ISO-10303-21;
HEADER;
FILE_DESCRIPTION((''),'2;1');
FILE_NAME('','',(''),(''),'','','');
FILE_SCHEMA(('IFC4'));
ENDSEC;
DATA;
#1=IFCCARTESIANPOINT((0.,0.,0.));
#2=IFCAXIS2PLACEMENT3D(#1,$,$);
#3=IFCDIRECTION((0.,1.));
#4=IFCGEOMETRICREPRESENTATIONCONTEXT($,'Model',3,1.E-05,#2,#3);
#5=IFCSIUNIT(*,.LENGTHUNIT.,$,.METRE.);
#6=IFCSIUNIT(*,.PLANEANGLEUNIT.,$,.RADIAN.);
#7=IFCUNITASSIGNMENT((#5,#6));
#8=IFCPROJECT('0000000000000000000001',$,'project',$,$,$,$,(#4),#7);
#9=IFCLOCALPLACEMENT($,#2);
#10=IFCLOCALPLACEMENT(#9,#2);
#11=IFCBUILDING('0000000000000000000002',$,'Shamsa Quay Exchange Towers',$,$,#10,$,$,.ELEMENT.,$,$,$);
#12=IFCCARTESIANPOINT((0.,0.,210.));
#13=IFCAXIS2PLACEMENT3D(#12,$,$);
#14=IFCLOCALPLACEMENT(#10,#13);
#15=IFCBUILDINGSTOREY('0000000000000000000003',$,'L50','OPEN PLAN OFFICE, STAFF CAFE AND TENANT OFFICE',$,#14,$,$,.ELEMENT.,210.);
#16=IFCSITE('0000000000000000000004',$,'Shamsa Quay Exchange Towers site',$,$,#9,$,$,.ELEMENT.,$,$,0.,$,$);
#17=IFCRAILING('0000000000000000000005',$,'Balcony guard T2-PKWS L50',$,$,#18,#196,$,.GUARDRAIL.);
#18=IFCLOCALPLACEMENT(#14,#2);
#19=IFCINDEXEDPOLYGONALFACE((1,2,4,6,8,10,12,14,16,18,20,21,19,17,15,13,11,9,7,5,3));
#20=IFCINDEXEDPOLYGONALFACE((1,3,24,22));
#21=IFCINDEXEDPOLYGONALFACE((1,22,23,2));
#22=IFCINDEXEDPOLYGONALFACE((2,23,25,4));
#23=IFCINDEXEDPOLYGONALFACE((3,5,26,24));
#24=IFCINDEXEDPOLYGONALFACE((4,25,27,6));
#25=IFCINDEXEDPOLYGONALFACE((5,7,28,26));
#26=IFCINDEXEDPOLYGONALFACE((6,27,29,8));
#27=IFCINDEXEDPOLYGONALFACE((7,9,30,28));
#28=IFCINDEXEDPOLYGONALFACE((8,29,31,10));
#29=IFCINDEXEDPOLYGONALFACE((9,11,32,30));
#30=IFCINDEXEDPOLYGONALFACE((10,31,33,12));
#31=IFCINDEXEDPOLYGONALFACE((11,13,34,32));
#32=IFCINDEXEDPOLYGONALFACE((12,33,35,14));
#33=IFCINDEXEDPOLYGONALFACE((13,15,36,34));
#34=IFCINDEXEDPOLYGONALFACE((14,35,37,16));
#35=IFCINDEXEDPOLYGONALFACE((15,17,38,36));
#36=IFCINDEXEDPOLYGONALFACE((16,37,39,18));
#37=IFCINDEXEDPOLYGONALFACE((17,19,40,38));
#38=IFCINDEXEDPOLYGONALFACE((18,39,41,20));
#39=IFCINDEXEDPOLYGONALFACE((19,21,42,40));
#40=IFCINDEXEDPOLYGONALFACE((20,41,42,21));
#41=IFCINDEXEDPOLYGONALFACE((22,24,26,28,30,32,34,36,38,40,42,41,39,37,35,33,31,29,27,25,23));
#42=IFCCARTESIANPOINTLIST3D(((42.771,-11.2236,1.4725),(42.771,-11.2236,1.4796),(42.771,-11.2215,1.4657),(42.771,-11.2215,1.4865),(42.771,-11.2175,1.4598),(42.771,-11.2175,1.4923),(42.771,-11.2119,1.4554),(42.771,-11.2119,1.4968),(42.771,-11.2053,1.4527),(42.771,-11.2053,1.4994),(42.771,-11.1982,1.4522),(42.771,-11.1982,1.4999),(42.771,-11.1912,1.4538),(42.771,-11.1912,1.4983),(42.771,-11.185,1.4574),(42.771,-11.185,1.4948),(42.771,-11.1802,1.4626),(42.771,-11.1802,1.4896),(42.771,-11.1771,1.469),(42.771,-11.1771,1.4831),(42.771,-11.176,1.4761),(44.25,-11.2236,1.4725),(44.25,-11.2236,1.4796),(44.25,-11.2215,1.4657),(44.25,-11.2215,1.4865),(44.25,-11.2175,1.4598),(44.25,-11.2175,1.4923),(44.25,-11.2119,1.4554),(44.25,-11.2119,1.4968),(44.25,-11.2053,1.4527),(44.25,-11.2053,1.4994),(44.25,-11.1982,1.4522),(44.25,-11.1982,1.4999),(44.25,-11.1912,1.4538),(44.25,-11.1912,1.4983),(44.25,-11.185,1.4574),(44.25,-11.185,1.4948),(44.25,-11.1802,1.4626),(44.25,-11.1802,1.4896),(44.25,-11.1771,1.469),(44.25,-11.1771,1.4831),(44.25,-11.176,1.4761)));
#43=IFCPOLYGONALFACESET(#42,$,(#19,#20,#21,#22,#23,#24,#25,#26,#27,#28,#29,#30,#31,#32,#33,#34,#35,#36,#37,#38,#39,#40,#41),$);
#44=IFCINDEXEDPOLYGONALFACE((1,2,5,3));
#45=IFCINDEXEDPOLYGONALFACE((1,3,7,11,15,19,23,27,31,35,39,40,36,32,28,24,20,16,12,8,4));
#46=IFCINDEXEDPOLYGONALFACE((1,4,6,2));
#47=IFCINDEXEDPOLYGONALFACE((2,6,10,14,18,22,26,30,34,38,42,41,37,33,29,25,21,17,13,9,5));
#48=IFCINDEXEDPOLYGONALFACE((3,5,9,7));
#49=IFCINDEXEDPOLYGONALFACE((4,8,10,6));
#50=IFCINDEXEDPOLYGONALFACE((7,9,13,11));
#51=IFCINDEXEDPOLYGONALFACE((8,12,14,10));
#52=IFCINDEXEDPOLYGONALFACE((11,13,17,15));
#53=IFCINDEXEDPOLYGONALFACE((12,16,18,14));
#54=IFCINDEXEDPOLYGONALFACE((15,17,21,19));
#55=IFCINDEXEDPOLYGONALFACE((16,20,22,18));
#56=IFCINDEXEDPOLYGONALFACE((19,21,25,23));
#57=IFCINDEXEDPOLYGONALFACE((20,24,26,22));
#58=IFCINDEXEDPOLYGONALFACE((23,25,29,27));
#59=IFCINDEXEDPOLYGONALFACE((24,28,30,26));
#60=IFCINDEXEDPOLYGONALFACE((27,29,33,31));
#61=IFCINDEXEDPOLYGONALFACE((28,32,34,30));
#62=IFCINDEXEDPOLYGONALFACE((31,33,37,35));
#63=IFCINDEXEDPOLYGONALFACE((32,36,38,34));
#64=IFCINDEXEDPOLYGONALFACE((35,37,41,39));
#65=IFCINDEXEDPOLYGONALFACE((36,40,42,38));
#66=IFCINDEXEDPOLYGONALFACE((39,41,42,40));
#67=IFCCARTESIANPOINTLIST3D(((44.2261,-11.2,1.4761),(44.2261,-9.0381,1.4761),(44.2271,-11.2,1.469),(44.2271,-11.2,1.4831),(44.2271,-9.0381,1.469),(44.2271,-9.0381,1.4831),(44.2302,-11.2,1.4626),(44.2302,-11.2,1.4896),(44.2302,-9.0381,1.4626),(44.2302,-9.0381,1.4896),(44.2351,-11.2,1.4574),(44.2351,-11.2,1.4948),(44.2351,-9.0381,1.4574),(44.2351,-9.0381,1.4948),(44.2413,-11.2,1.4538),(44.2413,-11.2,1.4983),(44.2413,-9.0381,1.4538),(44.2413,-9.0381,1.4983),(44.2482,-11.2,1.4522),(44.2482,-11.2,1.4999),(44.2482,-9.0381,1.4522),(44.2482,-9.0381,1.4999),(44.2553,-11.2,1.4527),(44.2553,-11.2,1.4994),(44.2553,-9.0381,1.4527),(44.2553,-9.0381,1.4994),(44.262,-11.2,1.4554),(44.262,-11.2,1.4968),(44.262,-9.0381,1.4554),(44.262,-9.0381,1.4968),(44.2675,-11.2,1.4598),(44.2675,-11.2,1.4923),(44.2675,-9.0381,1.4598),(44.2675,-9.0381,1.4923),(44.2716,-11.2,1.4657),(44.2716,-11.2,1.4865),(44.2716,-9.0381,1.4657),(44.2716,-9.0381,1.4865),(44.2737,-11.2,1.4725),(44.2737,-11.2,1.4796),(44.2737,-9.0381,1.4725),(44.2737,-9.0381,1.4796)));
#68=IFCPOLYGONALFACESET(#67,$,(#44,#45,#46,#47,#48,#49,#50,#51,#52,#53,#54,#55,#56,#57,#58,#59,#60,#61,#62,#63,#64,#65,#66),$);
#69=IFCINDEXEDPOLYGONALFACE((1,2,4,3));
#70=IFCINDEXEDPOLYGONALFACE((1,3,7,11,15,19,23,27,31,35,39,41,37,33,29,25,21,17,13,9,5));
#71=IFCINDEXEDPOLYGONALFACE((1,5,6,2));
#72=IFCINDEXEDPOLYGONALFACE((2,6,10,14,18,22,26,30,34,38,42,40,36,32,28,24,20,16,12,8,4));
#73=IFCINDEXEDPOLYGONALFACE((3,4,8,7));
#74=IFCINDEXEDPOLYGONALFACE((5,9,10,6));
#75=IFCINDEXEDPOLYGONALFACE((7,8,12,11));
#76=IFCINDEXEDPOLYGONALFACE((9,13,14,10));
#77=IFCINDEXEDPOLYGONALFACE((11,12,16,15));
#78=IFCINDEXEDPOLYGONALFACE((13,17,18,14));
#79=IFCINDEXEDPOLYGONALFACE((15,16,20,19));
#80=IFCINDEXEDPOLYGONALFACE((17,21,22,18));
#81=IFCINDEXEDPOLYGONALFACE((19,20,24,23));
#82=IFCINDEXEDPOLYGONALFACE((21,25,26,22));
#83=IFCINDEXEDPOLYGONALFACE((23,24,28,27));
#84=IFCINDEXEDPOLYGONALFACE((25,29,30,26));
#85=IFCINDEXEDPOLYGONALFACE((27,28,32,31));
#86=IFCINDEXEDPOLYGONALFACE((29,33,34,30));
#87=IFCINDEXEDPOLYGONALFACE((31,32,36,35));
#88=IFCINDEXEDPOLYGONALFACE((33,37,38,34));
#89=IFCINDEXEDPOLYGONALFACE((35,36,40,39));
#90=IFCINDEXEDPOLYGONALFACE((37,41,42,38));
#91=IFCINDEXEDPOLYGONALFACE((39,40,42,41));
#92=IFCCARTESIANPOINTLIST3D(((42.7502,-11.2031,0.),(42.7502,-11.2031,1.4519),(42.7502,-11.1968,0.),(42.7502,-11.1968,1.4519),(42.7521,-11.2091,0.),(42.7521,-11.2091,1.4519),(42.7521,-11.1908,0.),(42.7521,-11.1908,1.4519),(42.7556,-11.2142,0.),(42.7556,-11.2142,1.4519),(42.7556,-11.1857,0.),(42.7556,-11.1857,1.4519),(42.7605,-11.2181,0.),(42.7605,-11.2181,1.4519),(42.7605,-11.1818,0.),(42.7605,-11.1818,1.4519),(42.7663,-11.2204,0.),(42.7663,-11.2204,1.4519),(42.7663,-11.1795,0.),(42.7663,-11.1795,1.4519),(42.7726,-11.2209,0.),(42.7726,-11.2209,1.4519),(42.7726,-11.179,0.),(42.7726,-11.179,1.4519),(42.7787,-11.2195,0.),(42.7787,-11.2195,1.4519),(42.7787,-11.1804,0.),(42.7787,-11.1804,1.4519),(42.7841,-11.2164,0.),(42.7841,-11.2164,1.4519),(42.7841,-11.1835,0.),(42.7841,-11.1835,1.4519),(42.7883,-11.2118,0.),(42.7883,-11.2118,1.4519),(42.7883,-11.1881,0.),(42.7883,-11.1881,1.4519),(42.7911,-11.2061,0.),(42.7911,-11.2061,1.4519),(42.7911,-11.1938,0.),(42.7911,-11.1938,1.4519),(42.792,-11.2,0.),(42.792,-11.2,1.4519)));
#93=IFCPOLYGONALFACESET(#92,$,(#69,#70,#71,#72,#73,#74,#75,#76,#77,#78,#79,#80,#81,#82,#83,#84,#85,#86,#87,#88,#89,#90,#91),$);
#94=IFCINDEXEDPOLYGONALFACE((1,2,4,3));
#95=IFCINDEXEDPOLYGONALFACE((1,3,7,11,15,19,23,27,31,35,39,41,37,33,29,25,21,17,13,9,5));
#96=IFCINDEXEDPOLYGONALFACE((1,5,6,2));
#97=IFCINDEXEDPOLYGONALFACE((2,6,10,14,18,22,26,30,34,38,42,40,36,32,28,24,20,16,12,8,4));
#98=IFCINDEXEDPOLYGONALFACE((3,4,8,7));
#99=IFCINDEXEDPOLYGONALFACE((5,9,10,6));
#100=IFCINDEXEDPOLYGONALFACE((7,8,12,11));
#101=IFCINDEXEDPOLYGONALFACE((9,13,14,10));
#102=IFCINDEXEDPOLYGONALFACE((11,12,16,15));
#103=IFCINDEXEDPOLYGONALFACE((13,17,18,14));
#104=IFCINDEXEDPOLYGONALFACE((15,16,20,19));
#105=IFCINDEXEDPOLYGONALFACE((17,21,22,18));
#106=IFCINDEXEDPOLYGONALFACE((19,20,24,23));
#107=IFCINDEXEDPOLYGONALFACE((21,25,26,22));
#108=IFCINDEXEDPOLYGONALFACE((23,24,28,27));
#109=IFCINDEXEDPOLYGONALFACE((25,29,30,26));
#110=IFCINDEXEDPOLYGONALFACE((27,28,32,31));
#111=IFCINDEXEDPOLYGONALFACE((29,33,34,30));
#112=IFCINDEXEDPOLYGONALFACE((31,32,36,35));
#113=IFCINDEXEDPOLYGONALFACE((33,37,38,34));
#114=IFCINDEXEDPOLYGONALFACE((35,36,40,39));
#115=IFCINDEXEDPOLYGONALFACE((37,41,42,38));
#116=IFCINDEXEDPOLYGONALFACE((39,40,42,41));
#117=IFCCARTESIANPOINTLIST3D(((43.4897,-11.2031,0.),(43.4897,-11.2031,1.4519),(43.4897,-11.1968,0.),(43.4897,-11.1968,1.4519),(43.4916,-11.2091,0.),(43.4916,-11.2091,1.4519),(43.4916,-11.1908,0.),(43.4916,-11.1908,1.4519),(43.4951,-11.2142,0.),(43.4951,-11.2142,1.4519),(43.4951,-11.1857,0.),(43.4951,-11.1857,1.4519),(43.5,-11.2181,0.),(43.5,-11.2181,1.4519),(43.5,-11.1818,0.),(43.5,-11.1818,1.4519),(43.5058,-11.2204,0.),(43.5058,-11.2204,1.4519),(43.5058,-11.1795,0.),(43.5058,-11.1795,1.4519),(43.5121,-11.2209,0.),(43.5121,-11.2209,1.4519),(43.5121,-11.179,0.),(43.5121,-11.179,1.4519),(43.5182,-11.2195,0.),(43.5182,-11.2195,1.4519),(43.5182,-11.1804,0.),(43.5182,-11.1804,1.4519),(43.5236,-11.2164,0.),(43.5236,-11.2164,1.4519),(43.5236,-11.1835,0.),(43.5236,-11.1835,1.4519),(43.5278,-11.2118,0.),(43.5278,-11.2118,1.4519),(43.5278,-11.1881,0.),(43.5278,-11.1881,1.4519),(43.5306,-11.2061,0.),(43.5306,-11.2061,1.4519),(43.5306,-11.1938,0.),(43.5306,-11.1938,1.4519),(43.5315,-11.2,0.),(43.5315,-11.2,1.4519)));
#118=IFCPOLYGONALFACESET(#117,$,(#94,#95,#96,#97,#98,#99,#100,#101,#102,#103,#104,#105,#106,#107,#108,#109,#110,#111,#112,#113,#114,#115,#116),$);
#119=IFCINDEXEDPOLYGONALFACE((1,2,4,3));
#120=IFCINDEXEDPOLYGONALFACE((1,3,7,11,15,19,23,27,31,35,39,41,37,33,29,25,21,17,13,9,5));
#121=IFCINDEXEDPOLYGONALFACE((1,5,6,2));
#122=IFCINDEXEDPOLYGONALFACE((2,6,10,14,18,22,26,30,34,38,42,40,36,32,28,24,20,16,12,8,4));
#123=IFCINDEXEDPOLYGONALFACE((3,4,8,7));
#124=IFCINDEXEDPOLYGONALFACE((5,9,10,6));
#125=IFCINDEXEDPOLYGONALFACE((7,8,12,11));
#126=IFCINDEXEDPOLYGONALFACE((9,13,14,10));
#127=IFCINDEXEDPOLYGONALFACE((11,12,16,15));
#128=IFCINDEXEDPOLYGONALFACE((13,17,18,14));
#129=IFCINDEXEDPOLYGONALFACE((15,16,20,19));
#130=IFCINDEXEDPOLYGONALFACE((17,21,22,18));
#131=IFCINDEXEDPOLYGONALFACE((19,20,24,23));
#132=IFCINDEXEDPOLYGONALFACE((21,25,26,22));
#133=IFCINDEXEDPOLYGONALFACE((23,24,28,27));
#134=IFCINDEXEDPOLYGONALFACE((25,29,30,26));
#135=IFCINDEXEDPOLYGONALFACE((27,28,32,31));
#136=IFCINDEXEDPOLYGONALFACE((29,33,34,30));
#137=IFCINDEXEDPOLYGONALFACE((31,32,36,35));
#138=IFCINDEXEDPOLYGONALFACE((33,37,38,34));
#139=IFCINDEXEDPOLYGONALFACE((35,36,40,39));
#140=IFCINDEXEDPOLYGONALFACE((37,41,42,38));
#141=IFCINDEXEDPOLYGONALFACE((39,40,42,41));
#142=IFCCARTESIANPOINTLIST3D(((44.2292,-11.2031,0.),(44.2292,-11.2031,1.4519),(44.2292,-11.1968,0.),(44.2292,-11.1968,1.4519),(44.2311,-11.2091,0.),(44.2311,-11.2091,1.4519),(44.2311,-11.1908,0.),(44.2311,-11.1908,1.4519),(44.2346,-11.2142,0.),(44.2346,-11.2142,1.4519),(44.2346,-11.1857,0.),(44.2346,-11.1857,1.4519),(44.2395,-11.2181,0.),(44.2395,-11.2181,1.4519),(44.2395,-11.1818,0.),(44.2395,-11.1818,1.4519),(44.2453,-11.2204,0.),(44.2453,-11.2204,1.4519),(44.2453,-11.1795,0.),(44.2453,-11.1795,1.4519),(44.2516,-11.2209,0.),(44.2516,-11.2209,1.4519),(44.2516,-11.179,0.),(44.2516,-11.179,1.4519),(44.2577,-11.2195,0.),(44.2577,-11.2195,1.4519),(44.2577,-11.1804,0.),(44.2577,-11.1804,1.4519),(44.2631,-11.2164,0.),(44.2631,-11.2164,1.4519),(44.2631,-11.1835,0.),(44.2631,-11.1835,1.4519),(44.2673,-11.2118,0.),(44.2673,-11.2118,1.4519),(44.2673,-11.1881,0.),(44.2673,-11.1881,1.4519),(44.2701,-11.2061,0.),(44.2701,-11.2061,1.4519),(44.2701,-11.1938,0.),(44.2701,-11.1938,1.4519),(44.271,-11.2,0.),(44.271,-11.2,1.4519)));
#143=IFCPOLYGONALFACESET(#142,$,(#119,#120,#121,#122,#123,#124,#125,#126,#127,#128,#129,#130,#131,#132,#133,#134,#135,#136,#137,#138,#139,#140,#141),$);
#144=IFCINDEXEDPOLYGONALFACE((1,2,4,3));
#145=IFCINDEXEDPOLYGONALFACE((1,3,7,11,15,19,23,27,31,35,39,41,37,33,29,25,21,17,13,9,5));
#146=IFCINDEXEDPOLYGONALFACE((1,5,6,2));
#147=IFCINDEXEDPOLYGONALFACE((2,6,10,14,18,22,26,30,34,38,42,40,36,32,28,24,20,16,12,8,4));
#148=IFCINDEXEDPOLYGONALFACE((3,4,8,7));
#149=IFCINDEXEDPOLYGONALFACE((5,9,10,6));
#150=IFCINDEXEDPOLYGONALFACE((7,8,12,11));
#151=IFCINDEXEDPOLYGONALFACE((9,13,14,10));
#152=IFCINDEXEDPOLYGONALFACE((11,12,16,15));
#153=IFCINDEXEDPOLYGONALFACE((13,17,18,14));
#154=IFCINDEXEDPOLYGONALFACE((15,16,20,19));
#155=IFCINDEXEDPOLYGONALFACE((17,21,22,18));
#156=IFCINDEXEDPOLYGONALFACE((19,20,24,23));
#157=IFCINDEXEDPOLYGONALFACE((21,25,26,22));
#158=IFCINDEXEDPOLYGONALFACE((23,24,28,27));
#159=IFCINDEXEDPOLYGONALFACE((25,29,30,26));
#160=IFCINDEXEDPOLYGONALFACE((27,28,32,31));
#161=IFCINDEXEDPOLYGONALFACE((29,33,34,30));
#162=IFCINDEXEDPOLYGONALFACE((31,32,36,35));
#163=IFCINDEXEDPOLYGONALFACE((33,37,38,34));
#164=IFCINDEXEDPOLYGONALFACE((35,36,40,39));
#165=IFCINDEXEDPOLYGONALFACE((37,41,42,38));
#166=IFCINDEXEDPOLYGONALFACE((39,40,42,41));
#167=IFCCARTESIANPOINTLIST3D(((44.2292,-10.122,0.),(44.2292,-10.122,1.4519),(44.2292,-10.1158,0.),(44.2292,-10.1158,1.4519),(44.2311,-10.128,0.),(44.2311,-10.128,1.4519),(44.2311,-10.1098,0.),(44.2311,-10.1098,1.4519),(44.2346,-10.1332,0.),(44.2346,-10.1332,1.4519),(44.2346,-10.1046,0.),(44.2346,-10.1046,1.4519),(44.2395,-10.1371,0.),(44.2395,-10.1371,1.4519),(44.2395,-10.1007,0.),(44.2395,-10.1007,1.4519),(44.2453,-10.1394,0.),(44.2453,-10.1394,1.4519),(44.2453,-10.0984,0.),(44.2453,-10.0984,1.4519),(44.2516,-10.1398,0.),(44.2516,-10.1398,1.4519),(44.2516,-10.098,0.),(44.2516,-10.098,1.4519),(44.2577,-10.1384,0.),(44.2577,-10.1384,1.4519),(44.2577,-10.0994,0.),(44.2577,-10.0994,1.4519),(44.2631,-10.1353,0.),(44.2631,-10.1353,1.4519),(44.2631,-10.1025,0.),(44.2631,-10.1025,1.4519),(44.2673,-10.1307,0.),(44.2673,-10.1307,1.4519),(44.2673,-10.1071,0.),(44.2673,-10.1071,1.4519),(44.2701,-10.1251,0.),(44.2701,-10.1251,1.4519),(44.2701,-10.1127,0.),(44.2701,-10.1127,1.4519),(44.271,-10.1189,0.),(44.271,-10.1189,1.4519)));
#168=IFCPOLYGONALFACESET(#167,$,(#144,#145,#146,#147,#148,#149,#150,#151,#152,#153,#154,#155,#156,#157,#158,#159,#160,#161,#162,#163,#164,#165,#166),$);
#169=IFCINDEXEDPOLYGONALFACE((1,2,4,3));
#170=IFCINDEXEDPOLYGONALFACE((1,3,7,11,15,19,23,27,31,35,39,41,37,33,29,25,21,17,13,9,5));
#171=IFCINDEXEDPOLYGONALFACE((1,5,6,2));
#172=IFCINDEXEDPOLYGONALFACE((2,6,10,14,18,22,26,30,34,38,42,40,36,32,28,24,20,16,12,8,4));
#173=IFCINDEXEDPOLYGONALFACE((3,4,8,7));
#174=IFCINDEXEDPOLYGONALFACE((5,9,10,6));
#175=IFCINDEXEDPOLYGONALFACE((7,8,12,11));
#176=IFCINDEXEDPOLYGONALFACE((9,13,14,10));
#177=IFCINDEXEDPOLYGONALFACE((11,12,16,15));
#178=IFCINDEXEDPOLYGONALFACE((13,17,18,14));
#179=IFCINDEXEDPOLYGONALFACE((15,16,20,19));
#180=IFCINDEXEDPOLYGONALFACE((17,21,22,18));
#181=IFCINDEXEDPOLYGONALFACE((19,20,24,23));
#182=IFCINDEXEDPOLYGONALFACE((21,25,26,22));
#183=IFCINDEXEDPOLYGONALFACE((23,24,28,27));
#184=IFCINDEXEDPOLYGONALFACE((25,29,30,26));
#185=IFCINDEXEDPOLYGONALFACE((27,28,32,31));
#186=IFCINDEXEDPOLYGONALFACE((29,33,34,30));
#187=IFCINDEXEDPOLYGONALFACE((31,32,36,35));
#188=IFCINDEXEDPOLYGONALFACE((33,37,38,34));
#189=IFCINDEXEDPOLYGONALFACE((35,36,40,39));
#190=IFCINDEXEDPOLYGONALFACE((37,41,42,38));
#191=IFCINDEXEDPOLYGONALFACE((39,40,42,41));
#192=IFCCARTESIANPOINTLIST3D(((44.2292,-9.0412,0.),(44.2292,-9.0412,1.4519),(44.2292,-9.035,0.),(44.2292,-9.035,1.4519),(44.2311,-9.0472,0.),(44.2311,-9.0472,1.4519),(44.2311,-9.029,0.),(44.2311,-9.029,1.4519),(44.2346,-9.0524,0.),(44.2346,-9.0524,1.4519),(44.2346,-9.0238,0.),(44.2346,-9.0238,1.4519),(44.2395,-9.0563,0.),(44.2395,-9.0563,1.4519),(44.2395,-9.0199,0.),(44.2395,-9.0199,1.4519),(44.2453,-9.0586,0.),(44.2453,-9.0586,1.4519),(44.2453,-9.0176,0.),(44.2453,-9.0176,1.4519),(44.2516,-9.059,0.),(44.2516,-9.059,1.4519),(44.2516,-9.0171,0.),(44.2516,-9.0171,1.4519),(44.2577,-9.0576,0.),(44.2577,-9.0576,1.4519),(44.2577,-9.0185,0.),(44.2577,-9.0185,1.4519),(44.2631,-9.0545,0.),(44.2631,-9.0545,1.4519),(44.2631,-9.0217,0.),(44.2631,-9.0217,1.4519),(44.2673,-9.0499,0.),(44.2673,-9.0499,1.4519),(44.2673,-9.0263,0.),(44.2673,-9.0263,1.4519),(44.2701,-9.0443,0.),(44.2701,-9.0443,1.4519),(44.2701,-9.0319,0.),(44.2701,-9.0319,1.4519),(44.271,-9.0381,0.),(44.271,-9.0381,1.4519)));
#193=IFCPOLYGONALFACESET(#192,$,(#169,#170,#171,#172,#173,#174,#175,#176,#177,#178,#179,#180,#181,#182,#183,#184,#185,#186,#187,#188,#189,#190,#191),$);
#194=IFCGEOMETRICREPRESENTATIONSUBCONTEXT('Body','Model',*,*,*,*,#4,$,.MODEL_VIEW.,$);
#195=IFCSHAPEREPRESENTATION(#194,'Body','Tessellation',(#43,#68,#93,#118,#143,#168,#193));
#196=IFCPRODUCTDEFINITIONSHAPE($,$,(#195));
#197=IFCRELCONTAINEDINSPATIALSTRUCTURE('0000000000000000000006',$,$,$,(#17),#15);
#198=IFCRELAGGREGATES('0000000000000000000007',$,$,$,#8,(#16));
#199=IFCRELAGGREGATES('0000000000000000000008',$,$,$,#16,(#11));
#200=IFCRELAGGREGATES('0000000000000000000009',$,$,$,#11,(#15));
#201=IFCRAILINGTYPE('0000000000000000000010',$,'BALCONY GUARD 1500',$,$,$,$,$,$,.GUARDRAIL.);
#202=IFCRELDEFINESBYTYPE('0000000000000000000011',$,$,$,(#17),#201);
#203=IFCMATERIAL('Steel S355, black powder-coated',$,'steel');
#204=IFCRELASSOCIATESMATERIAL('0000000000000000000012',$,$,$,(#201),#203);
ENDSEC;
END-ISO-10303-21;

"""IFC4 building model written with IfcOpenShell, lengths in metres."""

from ifc_helpers import new_model, si_unit, direction, frame, origin, origin_2d, place, context, subcontext, project, spatial, circle, extrude, material, type_object, element, save


model = new_model("IFC4")

# Units and contexts
model_context = context("Model", 3, precision=1e-05, world=origin(), true_north=direction((0.0, 1.0)))
body_context = subcontext(model_context, "Body", "Model", "MODEL_VIEW")
ifc_project = project(units=[si_unit("LENGTHUNIT", "METRE"), si_unit("PLANEANGLEUNIT", "RADIAN")], contexts=[model_context])

# Site, building, storey
site_placement = place(None, origin())
site = spatial("IfcSite", under=ifc_project, at=site_placement, Name="Shamsa Quay Exchange Towers site", CompositionType="ELEMENT", RefElevation=0.0)
building_placement = place(site_placement, origin())
building = spatial("IfcBuilding", under=site, at=building_placement, Name="Shamsa Quay Exchange Towers", CompositionType="ELEMENT")
storey_placement = place(building_placement, frame((0.0, 0.0, 210.0)))
storey = spatial("IfcBuildingStorey", under=building, at=storey_placement, Name="L50", Description="OPEN PLAN OFFICE, STAFF CAFE AND TENANT OFFICE", CompositionType="ELEMENT", Elevation=210.0)

# Railing
ifc_material_1 = material(Name="Steel S355, black powder-coated", Category="steel")
railing_type = type_object("IfcRailingType", Name="BALCONY GUARD 1500", PredefinedType="GUARDRAIL", material=ifc_material_1)
for number, where, name in (
    (1, (42.771, -11.2, 0.0), "Balcony guard T2-PKWS L50"),
):
    element("IfcRailing", number, at=place(storey_placement, frame(where)), inside=storey, type_object=railing_type, Name=name, PredefinedType="GUARDRAIL", context=body_context, shape_type="SweptSolid", body=[
        extrude(circle(Radius=0.0239, at=origin_2d()), frame((0.0, 0.0, 1.4761), z_axis=(1.0, 0.0, 0.0), x_axis=(0.0, 1.0, 0.0)), (0.0, 0.0, 1.0), 1.479),
        extrude(circle(Radius=0.0239, at=origin_2d()), frame((1.479, 0.0, 1.4761), z_axis=(0.0, 1.0, 0.0), x_axis=(-1.0, 0.0, 0.0)), (0.0, 0.0, 1.0), 2.1619),
        extrude(circle(Radius=0.021, at=origin_2d()), origin(), (0.0, 0.0, 1.0), 1.4519),
        extrude(circle(Radius=0.021, at=origin_2d()), frame((0.7395, 0.0, 0.0)), (0.0, 0.0, 1.0), 1.4519),
        extrude(circle(Radius=0.021, at=origin_2d()), frame((1.479, 0.0, 0.0)), (0.0, 0.0, 1.0), 1.4519),
        extrude(circle(Radius=0.021, at=origin_2d()), frame((1.479, 1.0811, 0.0)), (0.0, 0.0, 1.0), 1.4519),
        extrude(circle(Radius=0.021, at=origin_2d()), frame((1.479, 2.1619, 0.0)), (0.0, 0.0, 1.0), 1.4519),
    ])

save(model, "model.ifc")
